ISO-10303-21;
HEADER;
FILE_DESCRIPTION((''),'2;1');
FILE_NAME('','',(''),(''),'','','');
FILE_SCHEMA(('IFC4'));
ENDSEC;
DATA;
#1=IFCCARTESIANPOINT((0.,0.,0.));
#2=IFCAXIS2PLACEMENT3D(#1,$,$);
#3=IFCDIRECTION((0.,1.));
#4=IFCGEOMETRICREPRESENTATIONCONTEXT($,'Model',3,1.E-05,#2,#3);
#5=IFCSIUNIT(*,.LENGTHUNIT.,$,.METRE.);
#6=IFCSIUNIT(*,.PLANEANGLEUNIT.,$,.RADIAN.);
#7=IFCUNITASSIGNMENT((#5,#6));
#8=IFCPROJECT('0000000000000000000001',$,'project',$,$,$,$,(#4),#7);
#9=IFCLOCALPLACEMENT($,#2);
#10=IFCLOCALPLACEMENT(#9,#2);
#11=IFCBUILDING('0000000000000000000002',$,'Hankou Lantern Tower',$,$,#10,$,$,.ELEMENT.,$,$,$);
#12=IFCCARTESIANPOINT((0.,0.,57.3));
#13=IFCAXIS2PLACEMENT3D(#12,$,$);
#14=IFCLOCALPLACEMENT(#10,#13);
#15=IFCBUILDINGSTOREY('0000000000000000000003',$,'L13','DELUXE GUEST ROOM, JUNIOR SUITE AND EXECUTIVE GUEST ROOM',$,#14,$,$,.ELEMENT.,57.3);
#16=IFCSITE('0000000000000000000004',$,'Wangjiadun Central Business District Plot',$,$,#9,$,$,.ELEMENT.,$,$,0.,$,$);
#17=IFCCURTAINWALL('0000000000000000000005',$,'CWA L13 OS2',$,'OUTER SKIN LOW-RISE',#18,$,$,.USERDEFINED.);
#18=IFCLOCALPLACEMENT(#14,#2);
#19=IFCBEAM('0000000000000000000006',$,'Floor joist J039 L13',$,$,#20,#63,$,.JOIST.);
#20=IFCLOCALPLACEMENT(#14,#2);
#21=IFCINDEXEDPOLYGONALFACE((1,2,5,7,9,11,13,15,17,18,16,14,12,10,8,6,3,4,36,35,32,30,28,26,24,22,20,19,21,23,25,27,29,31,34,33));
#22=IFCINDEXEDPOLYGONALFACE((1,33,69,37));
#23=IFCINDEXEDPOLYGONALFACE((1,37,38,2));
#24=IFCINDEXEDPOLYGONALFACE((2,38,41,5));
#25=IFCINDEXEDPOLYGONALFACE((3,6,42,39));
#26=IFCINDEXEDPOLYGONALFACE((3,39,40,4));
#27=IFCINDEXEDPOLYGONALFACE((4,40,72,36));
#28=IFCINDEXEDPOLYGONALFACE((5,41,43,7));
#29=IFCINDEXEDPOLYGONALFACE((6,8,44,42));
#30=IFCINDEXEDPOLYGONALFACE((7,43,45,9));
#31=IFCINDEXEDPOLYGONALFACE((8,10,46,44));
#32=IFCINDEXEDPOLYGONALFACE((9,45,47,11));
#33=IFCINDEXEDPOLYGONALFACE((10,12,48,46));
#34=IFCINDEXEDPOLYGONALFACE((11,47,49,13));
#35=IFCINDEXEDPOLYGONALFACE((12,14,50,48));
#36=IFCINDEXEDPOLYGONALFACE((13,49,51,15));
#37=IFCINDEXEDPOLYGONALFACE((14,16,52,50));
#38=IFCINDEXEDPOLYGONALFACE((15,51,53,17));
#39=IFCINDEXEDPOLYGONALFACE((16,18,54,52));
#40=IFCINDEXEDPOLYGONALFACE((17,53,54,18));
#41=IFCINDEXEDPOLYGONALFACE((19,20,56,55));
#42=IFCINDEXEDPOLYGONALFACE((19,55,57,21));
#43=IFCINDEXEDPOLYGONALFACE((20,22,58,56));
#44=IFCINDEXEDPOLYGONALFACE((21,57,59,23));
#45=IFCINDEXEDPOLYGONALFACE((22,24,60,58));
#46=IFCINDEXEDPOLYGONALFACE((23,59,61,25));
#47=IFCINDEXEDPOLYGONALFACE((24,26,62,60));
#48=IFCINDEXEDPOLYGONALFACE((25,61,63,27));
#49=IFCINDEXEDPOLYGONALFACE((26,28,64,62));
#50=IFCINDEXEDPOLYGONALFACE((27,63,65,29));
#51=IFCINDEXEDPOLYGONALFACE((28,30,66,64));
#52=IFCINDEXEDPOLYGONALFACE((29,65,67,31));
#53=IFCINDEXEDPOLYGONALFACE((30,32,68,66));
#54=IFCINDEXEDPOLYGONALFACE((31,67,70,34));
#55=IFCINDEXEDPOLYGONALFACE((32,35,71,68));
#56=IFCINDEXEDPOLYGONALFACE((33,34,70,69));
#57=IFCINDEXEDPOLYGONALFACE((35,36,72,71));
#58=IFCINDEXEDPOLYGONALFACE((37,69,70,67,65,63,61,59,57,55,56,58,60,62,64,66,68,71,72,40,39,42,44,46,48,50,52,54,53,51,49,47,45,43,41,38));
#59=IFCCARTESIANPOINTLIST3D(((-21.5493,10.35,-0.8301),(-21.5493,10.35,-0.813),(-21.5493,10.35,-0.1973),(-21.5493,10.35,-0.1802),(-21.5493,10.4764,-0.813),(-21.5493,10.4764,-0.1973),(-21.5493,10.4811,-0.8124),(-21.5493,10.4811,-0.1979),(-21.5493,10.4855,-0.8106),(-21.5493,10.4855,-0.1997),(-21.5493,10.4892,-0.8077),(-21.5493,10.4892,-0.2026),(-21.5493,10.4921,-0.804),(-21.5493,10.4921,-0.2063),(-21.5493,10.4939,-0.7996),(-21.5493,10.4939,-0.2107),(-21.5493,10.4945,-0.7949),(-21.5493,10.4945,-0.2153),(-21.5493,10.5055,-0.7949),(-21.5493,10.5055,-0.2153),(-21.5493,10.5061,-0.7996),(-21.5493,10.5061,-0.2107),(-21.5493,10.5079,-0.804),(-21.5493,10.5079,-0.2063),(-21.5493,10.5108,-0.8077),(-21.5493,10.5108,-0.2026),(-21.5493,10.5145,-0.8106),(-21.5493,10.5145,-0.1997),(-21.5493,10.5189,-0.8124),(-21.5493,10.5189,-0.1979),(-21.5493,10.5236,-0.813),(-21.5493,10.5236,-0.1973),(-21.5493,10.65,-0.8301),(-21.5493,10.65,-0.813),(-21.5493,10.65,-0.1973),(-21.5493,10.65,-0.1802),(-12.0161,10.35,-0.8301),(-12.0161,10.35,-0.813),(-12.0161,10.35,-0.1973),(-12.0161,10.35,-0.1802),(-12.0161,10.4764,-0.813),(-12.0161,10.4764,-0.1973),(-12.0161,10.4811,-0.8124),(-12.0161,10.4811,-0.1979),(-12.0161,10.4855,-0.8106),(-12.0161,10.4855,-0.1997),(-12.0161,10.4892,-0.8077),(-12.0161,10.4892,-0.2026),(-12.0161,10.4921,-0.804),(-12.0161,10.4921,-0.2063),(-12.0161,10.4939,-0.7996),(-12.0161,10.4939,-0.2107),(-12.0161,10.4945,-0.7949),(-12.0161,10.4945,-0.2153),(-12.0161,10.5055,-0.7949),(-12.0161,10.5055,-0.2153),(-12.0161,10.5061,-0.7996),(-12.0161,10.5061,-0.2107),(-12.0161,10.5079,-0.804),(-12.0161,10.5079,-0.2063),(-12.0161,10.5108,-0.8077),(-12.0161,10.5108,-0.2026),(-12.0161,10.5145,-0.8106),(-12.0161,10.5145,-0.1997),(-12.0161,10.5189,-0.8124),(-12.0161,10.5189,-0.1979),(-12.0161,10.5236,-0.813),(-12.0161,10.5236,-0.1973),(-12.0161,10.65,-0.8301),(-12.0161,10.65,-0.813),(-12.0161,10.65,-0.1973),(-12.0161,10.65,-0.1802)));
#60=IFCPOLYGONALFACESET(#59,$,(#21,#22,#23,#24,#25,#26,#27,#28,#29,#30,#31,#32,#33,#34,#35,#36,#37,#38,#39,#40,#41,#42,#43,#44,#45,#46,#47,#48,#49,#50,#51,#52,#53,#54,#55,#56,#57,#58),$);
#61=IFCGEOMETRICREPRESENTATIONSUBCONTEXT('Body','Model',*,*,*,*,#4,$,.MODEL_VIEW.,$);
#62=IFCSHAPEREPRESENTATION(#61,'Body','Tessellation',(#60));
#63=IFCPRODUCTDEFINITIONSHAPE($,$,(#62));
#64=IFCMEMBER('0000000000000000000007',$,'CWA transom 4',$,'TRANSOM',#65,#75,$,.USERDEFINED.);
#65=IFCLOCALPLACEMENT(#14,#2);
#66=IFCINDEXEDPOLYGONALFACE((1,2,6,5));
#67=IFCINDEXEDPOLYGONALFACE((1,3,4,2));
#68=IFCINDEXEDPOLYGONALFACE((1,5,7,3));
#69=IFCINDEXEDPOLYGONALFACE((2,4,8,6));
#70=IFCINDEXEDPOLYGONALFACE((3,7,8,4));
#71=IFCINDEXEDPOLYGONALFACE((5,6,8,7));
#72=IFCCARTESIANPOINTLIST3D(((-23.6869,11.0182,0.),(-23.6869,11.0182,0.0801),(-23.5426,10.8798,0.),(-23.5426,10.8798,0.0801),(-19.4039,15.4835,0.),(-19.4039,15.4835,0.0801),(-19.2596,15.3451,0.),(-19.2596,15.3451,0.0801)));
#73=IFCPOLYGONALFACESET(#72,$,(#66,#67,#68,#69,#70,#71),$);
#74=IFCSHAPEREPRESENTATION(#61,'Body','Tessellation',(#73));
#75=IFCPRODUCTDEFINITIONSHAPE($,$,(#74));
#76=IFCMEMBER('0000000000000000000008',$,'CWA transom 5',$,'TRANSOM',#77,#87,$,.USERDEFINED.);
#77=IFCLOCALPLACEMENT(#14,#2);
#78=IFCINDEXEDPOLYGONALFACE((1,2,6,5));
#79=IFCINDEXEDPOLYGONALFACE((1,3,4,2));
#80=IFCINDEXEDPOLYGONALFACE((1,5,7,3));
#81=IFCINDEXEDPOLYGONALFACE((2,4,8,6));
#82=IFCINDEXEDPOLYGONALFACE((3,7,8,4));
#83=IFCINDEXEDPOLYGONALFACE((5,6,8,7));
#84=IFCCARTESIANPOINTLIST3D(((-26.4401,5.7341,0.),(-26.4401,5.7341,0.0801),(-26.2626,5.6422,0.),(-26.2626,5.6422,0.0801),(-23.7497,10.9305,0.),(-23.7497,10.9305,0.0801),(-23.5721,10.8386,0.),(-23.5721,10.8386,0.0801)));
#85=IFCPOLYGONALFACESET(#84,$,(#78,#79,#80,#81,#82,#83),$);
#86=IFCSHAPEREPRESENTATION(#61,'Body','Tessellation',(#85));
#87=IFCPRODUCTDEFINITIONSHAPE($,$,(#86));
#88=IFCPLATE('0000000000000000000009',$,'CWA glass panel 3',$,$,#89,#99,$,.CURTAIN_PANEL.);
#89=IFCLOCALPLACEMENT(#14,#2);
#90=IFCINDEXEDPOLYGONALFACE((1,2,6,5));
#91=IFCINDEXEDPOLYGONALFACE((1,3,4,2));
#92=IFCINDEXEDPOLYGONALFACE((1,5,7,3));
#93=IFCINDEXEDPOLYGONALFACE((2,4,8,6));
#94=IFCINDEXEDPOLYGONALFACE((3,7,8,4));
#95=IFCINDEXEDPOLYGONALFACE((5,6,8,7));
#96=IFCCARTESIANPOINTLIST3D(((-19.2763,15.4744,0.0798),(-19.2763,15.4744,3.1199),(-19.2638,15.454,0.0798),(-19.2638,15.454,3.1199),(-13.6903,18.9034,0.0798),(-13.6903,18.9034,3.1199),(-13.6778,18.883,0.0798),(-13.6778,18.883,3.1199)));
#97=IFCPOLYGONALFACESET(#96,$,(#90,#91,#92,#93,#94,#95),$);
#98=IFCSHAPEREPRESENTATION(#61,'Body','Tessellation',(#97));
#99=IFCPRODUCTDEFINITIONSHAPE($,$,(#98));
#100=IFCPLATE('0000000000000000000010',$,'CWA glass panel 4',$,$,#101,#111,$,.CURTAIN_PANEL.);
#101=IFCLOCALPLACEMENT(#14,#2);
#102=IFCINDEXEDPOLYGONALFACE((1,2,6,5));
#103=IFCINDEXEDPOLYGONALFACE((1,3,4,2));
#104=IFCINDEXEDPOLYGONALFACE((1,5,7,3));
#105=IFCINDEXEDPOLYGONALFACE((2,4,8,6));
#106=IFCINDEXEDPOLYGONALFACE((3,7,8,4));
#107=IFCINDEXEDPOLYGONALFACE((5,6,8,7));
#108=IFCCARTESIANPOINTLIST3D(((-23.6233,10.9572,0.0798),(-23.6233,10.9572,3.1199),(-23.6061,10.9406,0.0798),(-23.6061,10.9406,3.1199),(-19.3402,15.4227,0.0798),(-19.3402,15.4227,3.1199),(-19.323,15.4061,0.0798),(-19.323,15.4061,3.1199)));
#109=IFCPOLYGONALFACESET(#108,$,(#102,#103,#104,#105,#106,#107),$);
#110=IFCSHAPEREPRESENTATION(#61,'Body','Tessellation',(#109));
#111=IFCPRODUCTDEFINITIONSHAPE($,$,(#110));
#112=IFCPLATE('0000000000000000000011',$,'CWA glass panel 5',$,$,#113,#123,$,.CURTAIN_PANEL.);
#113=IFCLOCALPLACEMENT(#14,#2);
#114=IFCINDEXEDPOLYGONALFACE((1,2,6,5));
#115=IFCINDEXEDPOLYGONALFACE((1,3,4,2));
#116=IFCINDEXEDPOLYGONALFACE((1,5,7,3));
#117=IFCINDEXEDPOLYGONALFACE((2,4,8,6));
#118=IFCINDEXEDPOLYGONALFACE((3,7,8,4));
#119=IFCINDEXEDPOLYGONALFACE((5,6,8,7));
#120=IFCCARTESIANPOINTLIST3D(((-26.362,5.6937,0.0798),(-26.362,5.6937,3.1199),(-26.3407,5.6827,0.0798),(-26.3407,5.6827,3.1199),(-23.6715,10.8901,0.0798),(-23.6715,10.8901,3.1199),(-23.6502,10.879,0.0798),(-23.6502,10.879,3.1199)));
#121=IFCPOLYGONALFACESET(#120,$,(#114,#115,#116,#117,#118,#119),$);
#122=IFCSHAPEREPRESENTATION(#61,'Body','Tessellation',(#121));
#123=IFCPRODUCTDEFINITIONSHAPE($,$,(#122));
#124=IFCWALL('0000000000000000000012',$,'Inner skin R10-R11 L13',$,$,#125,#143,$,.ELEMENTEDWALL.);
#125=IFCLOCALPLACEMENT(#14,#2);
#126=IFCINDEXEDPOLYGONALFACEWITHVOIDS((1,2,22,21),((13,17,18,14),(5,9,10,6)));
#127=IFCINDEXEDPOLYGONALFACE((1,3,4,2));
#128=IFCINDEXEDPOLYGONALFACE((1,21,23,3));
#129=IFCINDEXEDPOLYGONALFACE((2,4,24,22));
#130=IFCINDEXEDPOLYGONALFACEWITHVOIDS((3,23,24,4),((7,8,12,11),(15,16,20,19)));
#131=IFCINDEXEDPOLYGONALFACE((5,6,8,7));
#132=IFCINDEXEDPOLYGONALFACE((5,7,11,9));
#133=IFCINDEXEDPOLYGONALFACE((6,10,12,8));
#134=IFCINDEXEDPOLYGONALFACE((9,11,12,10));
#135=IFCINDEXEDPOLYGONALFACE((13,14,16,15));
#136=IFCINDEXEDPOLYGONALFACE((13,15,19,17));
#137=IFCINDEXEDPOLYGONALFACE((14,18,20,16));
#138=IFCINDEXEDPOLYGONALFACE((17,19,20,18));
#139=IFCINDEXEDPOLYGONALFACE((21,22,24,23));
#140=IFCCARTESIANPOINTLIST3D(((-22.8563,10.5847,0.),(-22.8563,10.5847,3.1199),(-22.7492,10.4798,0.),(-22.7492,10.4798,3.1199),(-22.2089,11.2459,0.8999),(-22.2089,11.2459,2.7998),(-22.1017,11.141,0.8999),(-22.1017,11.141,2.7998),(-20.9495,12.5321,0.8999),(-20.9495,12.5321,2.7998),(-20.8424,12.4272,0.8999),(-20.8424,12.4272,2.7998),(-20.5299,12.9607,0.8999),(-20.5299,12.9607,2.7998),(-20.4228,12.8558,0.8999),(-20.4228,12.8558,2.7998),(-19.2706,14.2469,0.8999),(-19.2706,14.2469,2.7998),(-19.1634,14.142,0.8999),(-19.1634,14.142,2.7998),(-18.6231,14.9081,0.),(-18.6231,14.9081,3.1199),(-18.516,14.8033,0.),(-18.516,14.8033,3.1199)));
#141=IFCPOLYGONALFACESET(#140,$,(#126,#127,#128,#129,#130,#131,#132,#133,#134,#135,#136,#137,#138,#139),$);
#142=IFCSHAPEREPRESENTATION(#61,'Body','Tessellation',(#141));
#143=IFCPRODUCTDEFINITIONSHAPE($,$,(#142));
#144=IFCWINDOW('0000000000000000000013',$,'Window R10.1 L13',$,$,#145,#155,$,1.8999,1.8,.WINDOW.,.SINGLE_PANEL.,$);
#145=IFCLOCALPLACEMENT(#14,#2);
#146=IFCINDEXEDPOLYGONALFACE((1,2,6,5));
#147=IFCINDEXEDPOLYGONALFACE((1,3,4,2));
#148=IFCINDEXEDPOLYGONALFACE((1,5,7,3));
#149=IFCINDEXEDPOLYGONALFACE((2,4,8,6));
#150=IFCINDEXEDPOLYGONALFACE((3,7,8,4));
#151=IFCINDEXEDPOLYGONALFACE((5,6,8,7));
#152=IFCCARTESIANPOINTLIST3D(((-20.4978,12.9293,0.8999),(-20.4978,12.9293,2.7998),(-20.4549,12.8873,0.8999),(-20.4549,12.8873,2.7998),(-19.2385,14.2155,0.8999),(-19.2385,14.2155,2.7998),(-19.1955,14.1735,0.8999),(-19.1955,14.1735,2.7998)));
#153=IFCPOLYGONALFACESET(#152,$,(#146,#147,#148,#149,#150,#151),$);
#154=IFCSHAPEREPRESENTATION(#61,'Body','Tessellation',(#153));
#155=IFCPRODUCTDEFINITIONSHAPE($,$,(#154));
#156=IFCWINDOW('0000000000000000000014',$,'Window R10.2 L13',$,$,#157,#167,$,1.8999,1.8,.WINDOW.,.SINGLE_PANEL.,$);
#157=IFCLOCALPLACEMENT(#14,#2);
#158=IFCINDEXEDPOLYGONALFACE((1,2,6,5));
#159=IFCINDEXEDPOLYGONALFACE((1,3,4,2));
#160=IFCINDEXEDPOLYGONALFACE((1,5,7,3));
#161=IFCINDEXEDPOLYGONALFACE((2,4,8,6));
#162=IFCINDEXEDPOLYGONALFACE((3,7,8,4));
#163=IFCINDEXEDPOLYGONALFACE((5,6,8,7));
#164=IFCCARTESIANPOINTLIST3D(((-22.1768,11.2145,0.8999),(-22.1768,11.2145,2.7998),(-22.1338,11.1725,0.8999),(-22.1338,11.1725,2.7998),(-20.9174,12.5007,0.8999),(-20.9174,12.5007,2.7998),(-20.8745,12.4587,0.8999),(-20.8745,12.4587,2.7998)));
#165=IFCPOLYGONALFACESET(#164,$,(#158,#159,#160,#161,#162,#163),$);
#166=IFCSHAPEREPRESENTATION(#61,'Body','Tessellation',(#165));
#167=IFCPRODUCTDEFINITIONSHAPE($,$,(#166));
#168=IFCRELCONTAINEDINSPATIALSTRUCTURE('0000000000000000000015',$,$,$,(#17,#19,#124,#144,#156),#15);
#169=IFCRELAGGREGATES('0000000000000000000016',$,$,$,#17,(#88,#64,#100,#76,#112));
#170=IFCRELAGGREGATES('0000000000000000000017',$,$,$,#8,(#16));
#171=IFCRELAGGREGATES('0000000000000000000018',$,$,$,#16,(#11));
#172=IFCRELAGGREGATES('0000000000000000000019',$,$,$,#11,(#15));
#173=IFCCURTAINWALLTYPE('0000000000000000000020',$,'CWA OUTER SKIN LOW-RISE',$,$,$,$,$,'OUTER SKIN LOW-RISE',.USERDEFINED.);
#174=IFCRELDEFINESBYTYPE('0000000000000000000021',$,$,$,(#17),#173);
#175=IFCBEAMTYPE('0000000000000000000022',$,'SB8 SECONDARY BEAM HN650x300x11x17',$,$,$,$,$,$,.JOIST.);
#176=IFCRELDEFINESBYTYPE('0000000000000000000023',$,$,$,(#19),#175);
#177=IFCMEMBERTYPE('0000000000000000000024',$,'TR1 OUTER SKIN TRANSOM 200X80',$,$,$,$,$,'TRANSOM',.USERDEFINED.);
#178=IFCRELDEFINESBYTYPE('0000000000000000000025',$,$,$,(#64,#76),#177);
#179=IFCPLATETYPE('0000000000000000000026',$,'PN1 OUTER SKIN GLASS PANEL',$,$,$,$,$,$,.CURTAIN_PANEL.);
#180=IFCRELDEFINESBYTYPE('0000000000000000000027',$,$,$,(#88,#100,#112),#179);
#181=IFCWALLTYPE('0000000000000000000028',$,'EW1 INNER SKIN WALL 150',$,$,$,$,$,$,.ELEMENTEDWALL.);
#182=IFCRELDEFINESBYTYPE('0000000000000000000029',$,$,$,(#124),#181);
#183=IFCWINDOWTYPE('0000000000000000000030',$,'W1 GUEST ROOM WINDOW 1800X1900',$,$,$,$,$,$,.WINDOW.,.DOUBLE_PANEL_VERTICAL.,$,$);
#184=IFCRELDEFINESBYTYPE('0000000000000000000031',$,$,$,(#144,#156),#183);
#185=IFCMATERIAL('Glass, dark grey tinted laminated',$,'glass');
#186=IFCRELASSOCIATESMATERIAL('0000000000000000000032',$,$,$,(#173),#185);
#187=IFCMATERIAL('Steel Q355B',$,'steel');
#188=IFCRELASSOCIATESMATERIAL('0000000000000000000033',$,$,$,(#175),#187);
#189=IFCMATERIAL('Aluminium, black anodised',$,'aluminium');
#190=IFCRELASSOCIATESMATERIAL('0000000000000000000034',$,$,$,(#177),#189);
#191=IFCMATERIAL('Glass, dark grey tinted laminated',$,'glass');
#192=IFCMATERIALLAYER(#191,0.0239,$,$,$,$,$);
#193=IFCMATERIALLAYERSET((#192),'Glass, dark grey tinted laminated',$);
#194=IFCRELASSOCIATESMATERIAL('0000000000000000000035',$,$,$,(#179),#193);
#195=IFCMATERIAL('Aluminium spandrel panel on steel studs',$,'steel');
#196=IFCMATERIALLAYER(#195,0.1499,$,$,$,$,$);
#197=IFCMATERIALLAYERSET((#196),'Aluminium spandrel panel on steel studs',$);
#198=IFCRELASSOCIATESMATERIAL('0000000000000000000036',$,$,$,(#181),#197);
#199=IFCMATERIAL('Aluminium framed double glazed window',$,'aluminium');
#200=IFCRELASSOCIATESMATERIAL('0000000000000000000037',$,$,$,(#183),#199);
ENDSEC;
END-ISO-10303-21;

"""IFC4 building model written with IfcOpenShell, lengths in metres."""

from ifc_helpers import new_model, si_unit, direction, frame, frame_2d, origin, origin_2d, place, context, subcontext, project, spatial, rectangle, i_section, extrude, material, layer, layer_set, material_profile, profile_set, type_object, element, fill, aggregate, save


model = new_model("IFC4")

# Units and contexts
model_context = context("Model", 3, precision=1e-05, world=origin(), true_north=direction((0.0, 1.0)))
body_context = subcontext(model_context, "Body", "Model", "MODEL_VIEW")
ifc_project = project(units=[si_unit("LENGTHUNIT", "METRE"), si_unit("PLANEANGLEUNIT", "RADIAN")], contexts=[model_context])

# Site, building, storey
site_placement = place(None, origin())
site = spatial("IfcSite", under=ifc_project, at=site_placement, Name="Wangjiadun Central Business District Plot", CompositionType="ELEMENT", RefElevation=0.0)
building_placement = place(site_placement, origin())
building = spatial("IfcBuilding", under=site, at=building_placement, Name="Hankou Lantern Tower", CompositionType="ELEMENT")
storey_placement = place(building_placement, frame((0.0, 0.0, 57.3)))
storey = spatial("IfcBuildingStorey", under=building, at=storey_placement, Name="L13", Description="DELUXE GUEST ROOM, JUNIOR SUITE AND EXECUTIVE GUEST ROOM", CompositionType="ELEMENT", Elevation=57.3)

# Curtain wall
ifc_material_1 = material(Name="Glass, dark grey tinted laminated", Category="glass")
curtain_wall_type = type_object("IfcCurtainWallType", Name="CWA OUTER SKIN LOW-RISE", ElementType="OUTER SKIN LOW-RISE", PredefinedType="USERDEFINED", material=ifc_material_1)
curtain_wall_placement = place(storey_placement, origin())
curtain_wall = element("IfcCurtainWall", 1, at=curtain_wall_placement, inside=storey, type_object=curtain_wall_type, Name="CWA L13 OS2", ObjectType="OUTER SKIN LOW-RISE", PredefinedType="USERDEFINED")

# Beam
ifc_material_2 = material(Name="Steel Q355B", Category="steel")
ifc_material_profile_1 = material_profile(ifc_material_2, i_section(OverallWidth=0.3, OverallDepth=0.6499, WebThickness=0.011, FlangeThickness=0.0171, FilletRadius=0.0181, at=origin_2d()), Name="HN650x300x11x17")
ifc_profile_set_1 = profile_set([ifc_material_profile_1], Name="Steel Q355B")
beam_type_1 = type_object("IfcBeamType", Name="SB8 SECONDARY BEAM HN650x300x11x17", PredefinedType="JOIST", material=ifc_profile_set_1)
beam_1_placement = place(storey_placement, frame((-21.5493, 10.5, -0.5051), z_axis=(1.0, 0.0, 0.0), x_axis=(0.0, 1.0, 0.0)))
element("IfcBeam", 2, at=beam_1_placement, inside=storey, type_object=beam_type_1, Name="Floor joist J039 L13", PredefinedType="JOIST", context=body_context, shape_type="SweptSolid", body=[
    extrude(i_section(OverallWidth=0.3, OverallDepth=0.6499, WebThickness=0.011, FlangeThickness=0.0171, FilletRadius=0.0181, at=origin_2d()), origin(), (0.0, 0.0, 1.0), 9.5332),
])

# Members
ifc_material_3 = material(Name="Aluminium, black anodised", Category="aluminium")
ifc_material_profile_2 = material_profile(ifc_material_3, rectangle(XDim=0.2, YDim=0.0801, at=origin_2d()), Name="TR1 200X80")
ifc_profile_set_2 = profile_set([ifc_material_profile_2], Name="Aluminium, black anodised")
member_type_1 = type_object("IfcMemberType", Name="TR1 OUTER SKIN TRANSOM 200X80", ElementType="TRANSOM", PredefinedType="USERDEFINED", material=ifc_profile_set_2)
member_1_placement = place(storey_placement, frame((-19.3318, 15.4143, 0.04), z_axis=(-0.692216, -0.721691, 0.0), x_axis=(0.721691, -0.692216, 0.0)))
member_1 = element("IfcMember", 3, at=member_1_placement, type_object=member_type_1, Name="CWA transom 4", ObjectType="TRANSOM", PredefinedType="USERDEFINED", context=body_context, shape_type="SweptSolid", body=[
    extrude(rectangle(XDim=0.2, YDim=0.0801, at=origin_2d()), origin(), (0.0, 0.0, 1.0), 6.1873),
])
member_2_placement = place(storey_placement, frame((-23.6609, 10.8845, 0.04), z_axis=(-0.459786, -0.88803, 0.0), x_axis=(0.88803, -0.459786, 0.0)))
member_2 = element("IfcMember", 4, at=member_2_placement, type_object=member_type_1, Name="CWA transom 5", ObjectType="TRANSOM", PredefinedType="USERDEFINED", context=body_context, shape_type="SweptSolid", body=[
    extrude(rectangle(XDim=0.2, YDim=0.0801, at=origin_2d()), origin(), (0.0, 0.0, 1.0), 5.8516),
])

# Plates
ifc_material_4 = material(Name="Glass, dark grey tinted laminated", Category="glass")
ifc_layer_1 = layer(ifc_material_4, 0.0239)
ifc_layer_set_1 = layer_set([ifc_layer_1], Name="Glass, dark grey tinted laminated")
plate_type = type_object("IfcPlateType", Name="PN1 OUTER SKIN GLASS PANEL", PredefinedType="CURTAIN_PANEL", material=ifc_layer_set_1)
plate_1_placement = place(storey_placement, frame((-16.4771, 17.1787, 0.0798), z_axis=(0.0, 0.0, 1.0), x_axis=(-0.852237, -0.523156, 0.0)))
plate_1 = element("IfcPlate", 5, at=plate_1_placement, type_object=plate_type, Name="CWA glass panel 3", PredefinedType="CURTAIN_PANEL", context=body_context, shape_type="SweptSolid", body=[
    extrude(rectangle(XDim=6.5544, YDim=0.0239, at=origin_2d()), origin(), (0.0, 0.0, 1.0), 3.04),
])
plate_2_placement = place(storey_placement, frame((-21.4731, 13.1816, 0.0798), z_axis=(0.0, 0.0, 1.0), x_axis=(-0.692216, -0.721691, 0.0)))
plate_2 = element("IfcPlate", 6, at=plate_2_placement, type_object=plate_type, Name="CWA glass panel 4", PredefinedType="CURTAIN_PANEL", context=body_context, shape_type="SweptSolid", body=[
    extrude(rectangle(XDim=6.1875, YDim=0.0239, at=origin_2d()), origin(), (0.0, 0.0, 1.0), 3.04),
])
plate_3_placement = place(storey_placement, frame((-25.0061, 8.2864, 0.0798), z_axis=(0.0, 0.0, 1.0), x_axis=(-0.459791, -0.888027, 0.0)))
plate_3 = element("IfcPlate", 7, at=plate_3_placement, type_object=plate_type, Name="CWA glass panel 5", PredefinedType="CURTAIN_PANEL", context=body_context, shape_type="SweptSolid", body=[
    extrude(rectangle(XDim=5.8516, YDim=0.0239, at=origin_2d()), origin(), (0.0, 0.0, 1.0), 3.04),
])
aggregate(curtain_wall, [plate_1, member_1, plate_2, member_2, plate_3])

# Wall, openings, windows
ifc_material_5 = material(Name="Aluminium spandrel panel on steel studs", Category="steel")
ifc_layer_2 = layer(ifc_material_5, 0.1499)
ifc_layer_set_2 = layer_set([ifc_layer_2], Name="Aluminium spandrel panel on steel studs")
wall_type_1 = type_object("IfcWallType", Name="EW1 INNER SKIN WALL 150", PredefinedType="ELEMENTEDWALL", material=ifc_layer_set_2)
wall_1_placement = place(storey_placement, frame((-18.5696, 14.8557, 0.0), z_axis=(0.0, 0.0, 1.0), x_axis=(-0.699603, -0.714532, 0.0)))
wall_1 = element("IfcWall", 8, at=wall_1_placement, inside=storey, type_object=wall_type_1, Name="Inner skin R10-R11 L13", PredefinedType="ELEMENTEDWALL", context=body_context, shape_type="SweptSolid", body=[
    extrude(rectangle(XDim=6.0508, YDim=0.1499, at=frame_2d((3.0254, 0.0))), origin(), (0.0, 0.0, 1.0), 3.1199),
])
opening_1_placement = place(wall_1_placement, frame((0.9255, 0.0, 0.8999)))
opening_1 = element("IfcOpeningElement", 9, at=opening_1_placement, cuts=wall_1, PredefinedType="OPENING", context=body_context, shape_type="SweptSolid", body=[
    extrude(rectangle(XDim=1.8, YDim=1.8999, at=frame_2d((0.8999, 0.95))), frame((0.0, 0.085, 0.0), z_axis=(0.0, -1.0, 0.0), x_axis=(1.0, 0.0, 0.0)), (0.0, 0.0, 1.0), 0.1699),
])
opening_2_placement = place(wall_1_placement, frame((3.3254, 0.0, 0.8999)))
opening_2 = element("IfcOpeningElement", 10, at=opening_2_placement, cuts=wall_1, PredefinedType="OPENING", context=body_context, shape_type="SweptSolid", body=[
    extrude(rectangle(XDim=1.8, YDim=1.8999, at=frame_2d((0.8999, 0.95))), frame((0.0, 0.085, 0.0), z_axis=(0.0, -1.0, 0.0), x_axis=(1.0, 0.0, 0.0)), (0.0, 0.0, 1.0), 0.1699),
])
ifc_material_6 = material(Name="Aluminium framed double glazed window", Category="aluminium")
window_type = type_object("IfcWindowType", Name="W1 GUEST ROOM WINDOW 1800X1900", PartitioningType="DOUBLE_PANEL_VERTICAL", PredefinedType="WINDOW", material=ifc_material_6)
window_1_placement = place(opening_1_placement, origin())
window_1 = element("IfcWindow", 11, at=window_1_placement, inside=storey, type_object=window_type, Name="Window R10.1 L13", OverallHeight=1.8999, OverallWidth=1.8, PartitioningType="SINGLE_PANEL", PredefinedType="WINDOW", context=body_context, shape_type="SweptSolid", body=[
    extrude(rectangle(XDim=1.8, YDim=1.8999, at=frame_2d((0.8999, 0.95))), frame((0.0, 0.03, 0.0), z_axis=(0.0, -1.0, 0.0), x_axis=(1.0, 0.0, 0.0)), (0.0, 0.0, 1.0), 0.0601),
])
fill(opening_1, window_1)
window_2_placement = place(opening_2_placement, origin())
window_2 = element("IfcWindow", 12, at=window_2_placement, inside=storey, type_object=window_type, Name="Window R10.2 L13", OverallHeight=1.8999, OverallWidth=1.8, PartitioningType="SINGLE_PANEL", PredefinedType="WINDOW", context=body_context, shape_type="SweptSolid", body=[
    extrude(rectangle(XDim=1.8, YDim=1.8999, at=frame_2d((0.8999, 0.95))), frame((0.0, 0.03, 0.0), z_axis=(0.0, -1.0, 0.0), x_axis=(1.0, 0.0, 0.0)), (0.0, 0.0, 1.0), 0.0601),
])
fill(opening_2, window_2)

save(model, "model.ifc")
